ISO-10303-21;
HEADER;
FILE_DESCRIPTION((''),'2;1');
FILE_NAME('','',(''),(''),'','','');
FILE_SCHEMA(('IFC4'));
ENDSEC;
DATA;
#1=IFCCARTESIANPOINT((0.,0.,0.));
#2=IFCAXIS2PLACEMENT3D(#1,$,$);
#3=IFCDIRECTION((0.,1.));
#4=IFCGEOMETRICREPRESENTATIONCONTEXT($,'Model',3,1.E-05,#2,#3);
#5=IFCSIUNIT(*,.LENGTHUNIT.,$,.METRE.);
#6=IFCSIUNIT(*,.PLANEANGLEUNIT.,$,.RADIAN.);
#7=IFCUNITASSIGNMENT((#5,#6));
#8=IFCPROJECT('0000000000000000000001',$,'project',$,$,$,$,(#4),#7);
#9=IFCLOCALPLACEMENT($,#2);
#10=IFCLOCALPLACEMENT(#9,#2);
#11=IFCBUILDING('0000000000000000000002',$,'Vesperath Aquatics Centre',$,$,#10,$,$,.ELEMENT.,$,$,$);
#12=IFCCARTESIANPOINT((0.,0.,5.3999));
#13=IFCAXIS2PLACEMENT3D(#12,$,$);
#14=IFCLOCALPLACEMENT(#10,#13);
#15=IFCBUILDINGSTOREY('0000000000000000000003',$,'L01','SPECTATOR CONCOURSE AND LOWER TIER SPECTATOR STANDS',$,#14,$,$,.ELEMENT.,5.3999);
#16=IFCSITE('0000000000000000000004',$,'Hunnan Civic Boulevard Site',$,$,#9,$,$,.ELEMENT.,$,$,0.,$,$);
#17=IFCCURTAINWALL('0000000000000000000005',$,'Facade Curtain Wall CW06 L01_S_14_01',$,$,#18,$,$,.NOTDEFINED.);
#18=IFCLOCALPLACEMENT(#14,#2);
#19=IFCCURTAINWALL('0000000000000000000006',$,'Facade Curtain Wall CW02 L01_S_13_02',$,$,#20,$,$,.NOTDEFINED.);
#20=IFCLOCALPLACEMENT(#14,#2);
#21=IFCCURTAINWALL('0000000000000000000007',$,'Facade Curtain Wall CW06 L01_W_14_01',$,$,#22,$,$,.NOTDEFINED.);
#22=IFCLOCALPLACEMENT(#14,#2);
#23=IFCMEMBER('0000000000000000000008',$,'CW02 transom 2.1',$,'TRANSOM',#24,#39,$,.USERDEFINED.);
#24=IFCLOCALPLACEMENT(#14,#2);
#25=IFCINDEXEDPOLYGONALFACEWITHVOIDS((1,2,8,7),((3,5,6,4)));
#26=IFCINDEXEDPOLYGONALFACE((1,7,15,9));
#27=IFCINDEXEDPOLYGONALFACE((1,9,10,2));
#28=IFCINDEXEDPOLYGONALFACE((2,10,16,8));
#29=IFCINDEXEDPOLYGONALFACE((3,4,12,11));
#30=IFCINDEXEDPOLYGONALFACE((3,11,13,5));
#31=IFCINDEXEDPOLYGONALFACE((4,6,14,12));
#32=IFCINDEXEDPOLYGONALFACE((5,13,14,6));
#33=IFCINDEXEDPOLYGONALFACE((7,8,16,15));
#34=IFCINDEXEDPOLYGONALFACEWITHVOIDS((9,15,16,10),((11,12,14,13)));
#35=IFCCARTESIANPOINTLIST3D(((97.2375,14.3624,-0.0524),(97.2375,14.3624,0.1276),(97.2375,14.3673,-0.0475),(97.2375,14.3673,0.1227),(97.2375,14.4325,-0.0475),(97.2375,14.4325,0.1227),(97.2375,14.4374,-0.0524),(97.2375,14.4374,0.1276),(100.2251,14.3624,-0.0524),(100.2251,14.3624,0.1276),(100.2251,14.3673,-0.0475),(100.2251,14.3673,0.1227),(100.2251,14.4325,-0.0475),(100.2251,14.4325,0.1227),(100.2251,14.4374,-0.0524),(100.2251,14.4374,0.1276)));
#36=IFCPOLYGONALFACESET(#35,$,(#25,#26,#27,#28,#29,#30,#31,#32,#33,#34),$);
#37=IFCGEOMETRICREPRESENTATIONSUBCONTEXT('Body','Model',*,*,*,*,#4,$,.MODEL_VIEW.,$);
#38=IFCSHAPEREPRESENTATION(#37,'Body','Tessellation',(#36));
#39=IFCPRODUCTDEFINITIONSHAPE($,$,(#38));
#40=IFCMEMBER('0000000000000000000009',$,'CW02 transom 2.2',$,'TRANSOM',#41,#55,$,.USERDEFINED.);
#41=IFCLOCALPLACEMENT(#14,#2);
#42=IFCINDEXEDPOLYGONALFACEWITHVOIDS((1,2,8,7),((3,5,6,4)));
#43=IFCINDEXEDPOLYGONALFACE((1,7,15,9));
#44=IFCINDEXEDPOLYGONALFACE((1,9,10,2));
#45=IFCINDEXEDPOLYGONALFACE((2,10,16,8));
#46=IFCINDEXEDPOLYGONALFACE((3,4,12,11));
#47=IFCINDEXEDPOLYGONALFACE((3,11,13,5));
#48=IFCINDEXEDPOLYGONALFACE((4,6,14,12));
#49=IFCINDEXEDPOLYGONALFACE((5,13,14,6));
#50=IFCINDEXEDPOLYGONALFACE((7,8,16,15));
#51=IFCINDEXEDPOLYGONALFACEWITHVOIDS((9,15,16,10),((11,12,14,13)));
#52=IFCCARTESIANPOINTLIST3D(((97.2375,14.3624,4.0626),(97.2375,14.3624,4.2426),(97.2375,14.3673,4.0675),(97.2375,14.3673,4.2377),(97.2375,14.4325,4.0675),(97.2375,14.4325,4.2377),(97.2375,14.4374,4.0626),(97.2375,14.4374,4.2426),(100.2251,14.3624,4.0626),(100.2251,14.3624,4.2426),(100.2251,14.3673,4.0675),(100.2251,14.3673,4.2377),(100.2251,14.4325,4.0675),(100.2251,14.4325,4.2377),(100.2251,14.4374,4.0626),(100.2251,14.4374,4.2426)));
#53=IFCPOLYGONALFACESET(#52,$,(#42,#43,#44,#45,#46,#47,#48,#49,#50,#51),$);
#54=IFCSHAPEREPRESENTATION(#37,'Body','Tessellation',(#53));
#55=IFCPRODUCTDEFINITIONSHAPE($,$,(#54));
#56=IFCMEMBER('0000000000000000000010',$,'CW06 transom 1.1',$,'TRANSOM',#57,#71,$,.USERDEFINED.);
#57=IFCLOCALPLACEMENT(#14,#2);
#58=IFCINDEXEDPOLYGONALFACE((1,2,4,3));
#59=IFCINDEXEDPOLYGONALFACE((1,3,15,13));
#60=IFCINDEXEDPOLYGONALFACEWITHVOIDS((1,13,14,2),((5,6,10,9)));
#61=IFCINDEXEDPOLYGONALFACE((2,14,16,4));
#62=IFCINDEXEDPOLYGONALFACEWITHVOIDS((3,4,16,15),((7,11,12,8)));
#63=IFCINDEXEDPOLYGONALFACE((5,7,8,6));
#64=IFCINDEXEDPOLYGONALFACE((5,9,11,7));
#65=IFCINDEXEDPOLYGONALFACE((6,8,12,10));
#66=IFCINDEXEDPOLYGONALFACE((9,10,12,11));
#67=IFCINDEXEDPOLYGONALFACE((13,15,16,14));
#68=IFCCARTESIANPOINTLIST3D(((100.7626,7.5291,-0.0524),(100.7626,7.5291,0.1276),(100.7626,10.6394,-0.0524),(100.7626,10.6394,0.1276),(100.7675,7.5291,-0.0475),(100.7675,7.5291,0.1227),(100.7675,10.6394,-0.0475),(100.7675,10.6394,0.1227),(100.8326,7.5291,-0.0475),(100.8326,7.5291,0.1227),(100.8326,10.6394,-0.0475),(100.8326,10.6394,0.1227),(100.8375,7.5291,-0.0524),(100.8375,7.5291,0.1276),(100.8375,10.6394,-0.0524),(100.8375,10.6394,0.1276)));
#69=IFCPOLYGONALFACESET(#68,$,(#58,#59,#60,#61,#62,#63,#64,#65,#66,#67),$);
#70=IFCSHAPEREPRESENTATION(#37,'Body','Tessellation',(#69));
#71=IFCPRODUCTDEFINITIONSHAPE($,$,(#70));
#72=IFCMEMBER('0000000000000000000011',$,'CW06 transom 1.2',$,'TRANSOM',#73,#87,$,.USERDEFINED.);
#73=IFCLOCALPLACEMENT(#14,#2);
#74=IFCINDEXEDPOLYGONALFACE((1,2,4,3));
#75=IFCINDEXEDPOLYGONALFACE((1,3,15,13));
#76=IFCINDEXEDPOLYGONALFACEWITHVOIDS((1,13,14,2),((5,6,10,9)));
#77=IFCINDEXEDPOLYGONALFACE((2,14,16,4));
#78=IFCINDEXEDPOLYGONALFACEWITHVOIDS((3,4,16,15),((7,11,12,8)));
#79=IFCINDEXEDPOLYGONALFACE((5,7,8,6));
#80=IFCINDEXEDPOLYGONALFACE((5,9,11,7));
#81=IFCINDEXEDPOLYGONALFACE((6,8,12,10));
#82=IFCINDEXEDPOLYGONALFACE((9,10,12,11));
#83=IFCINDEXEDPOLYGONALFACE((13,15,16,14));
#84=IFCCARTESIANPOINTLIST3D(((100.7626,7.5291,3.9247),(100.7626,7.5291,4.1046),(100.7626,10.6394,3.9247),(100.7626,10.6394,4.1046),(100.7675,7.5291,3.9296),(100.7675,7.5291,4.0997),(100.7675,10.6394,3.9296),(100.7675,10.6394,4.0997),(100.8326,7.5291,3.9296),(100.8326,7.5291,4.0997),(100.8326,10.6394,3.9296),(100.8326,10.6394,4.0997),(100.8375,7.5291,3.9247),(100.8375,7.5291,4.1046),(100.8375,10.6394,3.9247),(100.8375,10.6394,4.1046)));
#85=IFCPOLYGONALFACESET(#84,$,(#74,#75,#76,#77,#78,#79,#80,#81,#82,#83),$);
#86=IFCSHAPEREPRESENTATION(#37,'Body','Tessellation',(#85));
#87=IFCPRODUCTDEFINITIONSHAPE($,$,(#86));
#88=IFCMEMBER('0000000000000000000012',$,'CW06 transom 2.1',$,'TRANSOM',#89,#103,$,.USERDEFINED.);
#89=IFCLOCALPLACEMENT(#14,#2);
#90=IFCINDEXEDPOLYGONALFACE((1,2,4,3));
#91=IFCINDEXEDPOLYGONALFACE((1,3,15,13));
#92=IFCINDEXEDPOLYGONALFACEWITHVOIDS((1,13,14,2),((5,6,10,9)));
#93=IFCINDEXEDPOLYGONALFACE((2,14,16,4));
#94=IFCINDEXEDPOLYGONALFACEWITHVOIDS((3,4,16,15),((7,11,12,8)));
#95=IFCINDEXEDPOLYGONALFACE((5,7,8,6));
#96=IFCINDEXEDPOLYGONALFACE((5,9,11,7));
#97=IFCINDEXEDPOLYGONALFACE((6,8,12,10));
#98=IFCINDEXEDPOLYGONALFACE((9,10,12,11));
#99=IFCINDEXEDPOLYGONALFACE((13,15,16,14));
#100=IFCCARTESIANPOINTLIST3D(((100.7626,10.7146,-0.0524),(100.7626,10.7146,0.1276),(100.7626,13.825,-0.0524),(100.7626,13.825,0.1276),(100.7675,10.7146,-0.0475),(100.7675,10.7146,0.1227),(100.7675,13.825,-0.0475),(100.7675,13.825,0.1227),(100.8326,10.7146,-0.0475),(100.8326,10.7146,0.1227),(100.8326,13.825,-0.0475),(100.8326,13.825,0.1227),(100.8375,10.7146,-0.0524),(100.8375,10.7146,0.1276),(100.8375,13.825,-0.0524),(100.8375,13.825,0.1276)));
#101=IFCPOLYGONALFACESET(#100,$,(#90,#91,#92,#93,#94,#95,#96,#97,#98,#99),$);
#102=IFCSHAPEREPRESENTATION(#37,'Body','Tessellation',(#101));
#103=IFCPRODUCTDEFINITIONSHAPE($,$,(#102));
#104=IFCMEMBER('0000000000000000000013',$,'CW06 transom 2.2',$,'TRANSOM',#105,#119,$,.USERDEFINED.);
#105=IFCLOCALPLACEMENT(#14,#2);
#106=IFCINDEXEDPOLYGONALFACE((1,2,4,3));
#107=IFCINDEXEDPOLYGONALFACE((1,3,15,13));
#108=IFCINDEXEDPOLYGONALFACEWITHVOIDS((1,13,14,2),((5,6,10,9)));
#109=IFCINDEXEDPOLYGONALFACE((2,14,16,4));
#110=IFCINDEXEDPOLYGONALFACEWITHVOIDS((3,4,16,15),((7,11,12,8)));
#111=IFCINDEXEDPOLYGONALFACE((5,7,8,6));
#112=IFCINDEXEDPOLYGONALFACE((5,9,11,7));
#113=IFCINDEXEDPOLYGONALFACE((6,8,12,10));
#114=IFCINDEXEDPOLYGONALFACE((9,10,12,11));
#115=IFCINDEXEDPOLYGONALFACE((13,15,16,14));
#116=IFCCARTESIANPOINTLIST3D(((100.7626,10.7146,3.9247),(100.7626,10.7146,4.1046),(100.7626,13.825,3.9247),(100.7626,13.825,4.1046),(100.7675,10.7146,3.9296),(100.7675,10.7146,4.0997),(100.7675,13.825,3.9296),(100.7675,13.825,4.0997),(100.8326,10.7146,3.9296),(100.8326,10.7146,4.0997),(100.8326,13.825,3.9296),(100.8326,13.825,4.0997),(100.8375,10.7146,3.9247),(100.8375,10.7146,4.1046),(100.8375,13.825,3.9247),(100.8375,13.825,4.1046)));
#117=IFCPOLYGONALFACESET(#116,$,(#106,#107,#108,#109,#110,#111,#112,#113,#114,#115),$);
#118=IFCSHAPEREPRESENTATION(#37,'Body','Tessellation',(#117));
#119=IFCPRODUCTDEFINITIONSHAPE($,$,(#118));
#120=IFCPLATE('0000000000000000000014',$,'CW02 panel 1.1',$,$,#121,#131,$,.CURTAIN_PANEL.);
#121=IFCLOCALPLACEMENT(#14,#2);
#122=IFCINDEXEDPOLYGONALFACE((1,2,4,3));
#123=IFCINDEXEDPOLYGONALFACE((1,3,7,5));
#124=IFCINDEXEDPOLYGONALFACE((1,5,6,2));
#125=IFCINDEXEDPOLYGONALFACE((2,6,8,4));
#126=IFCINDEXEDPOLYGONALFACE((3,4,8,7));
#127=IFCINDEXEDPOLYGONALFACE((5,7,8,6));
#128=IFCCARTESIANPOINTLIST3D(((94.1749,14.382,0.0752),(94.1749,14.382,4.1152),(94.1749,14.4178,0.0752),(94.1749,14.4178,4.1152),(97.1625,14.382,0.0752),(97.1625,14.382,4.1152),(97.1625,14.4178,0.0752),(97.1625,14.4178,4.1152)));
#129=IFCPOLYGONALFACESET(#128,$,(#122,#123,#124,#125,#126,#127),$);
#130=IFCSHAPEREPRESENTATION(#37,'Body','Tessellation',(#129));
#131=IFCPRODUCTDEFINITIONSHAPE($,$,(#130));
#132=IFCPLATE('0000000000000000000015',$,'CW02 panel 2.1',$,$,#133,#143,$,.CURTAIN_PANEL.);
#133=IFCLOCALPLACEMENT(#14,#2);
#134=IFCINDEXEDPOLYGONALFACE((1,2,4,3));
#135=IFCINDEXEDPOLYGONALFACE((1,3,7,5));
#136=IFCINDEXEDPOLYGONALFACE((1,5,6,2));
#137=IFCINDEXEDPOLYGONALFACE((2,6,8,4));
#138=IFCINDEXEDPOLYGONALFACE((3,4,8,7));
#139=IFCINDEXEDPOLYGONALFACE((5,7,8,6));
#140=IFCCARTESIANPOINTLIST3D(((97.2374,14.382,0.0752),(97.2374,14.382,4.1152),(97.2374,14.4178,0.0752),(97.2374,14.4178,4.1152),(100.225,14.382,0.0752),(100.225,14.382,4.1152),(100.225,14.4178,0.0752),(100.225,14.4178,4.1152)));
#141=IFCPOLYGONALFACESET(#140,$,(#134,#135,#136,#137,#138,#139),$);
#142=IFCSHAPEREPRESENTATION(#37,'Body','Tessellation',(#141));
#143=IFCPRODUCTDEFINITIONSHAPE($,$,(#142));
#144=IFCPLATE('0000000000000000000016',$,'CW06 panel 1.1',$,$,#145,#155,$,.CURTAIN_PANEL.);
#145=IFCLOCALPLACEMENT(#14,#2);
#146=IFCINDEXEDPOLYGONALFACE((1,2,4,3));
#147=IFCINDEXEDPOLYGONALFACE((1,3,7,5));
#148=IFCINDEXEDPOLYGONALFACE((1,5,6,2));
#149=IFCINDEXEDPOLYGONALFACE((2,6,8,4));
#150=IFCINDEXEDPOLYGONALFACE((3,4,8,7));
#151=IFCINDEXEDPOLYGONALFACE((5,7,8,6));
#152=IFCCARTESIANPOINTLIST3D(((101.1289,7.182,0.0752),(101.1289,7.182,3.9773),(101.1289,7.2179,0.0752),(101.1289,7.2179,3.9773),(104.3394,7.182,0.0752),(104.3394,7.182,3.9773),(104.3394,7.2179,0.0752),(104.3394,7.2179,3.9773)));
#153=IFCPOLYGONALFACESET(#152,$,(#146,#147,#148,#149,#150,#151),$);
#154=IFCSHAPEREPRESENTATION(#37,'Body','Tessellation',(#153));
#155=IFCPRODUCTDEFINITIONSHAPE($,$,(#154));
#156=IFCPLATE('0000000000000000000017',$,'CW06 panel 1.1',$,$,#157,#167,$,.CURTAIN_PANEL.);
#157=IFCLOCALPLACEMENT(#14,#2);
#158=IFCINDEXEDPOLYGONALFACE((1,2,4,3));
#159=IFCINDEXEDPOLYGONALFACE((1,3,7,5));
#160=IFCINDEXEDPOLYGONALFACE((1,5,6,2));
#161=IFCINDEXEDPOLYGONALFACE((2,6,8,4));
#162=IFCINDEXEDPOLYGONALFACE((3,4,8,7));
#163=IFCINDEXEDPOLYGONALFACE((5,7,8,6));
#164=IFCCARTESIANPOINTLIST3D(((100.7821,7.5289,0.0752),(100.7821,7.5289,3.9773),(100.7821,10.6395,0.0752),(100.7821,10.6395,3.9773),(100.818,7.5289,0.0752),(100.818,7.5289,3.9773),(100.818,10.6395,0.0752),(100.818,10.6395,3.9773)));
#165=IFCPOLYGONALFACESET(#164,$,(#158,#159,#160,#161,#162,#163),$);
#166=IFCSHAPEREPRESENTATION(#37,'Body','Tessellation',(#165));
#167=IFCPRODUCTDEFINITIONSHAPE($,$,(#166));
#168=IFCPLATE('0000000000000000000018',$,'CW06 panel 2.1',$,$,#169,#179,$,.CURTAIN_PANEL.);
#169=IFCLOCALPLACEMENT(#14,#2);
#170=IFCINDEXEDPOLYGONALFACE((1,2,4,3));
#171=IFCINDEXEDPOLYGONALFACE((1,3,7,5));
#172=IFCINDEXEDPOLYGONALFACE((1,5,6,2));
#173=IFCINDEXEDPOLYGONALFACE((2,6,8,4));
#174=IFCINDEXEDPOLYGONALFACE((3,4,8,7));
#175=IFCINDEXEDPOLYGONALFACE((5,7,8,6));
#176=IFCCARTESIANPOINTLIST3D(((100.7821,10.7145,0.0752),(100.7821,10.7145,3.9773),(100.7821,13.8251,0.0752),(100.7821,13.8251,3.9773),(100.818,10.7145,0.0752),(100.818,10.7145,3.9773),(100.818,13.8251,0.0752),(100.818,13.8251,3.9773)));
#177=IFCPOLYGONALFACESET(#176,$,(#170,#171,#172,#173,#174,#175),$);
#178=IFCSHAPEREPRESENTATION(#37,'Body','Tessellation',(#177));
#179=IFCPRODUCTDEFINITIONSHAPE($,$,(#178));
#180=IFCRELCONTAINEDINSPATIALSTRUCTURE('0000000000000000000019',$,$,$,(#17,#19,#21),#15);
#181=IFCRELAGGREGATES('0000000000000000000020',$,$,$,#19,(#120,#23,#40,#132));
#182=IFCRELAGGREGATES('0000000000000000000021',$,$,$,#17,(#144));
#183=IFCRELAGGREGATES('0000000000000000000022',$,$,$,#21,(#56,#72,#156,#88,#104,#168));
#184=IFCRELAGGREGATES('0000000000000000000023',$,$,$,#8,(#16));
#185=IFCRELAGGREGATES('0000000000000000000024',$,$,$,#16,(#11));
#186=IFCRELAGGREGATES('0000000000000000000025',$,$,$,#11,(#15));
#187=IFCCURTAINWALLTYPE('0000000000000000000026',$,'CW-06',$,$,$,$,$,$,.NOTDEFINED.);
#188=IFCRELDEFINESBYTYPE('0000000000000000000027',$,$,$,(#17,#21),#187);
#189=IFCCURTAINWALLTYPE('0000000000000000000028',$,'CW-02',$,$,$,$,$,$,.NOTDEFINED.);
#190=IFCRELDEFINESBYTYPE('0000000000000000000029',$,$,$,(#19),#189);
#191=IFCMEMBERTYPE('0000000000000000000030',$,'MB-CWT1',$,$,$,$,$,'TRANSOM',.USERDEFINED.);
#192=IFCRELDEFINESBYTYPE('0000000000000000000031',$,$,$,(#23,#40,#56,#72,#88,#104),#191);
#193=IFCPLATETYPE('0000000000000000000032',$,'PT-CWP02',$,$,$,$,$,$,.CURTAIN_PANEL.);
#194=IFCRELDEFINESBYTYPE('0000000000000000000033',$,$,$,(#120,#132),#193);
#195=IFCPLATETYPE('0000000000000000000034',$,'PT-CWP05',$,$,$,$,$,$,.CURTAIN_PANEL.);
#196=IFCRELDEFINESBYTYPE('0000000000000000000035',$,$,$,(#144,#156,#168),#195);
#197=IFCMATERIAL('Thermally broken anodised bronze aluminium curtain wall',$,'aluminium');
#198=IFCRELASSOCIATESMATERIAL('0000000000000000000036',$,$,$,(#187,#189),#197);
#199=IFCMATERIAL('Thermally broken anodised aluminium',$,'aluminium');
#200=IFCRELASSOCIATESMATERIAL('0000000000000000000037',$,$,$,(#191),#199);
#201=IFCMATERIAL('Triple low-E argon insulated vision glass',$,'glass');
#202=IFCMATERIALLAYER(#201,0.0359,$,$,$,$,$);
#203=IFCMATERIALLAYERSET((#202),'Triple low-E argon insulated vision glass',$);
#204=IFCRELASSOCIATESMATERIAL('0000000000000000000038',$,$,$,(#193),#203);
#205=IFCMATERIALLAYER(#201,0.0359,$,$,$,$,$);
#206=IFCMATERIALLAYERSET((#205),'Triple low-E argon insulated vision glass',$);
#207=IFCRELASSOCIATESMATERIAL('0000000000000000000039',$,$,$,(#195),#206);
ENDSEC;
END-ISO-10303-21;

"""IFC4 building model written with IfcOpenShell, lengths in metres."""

from ifc_helpers import new_model, si_unit, direction, frame, origin, origin_2d, place, context, subcontext, project, spatial, rectangle, hollow_rectangle, extrude, material, layer, layer_set, material_profile, profile_set, type_object, element, aggregate, save


model = new_model("IFC4")

# Units and contexts
model_context = context("Model", 3, precision=1e-05, world=origin(), true_north=direction((0.0, 1.0)))
body_context = subcontext(model_context, "Body", "Model", "MODEL_VIEW")
ifc_project = project(units=[si_unit("LENGTHUNIT", "METRE"), si_unit("PLANEANGLEUNIT", "RADIAN")], contexts=[model_context])

# Site, building, storey
site_placement = place(None, origin())
site = spatial("IfcSite", under=ifc_project, at=site_placement, Name="Hunnan Civic Boulevard Site", CompositionType="ELEMENT", RefElevation=0.0)
building_placement = place(site_placement, origin())
building = spatial("IfcBuilding", under=site, at=building_placement, Name="Vesperath Aquatics Centre", CompositionType="ELEMENT")
storey_placement = place(building_placement, frame((0.0, 0.0, 5.3999)))
storey = spatial("IfcBuildingStorey", under=building, at=storey_placement, Name="L01", Description="SPECTATOR CONCOURSE AND LOWER TIER SPECTATOR STANDS", CompositionType="ELEMENT", Elevation=5.3999)

# Curtain wall
ifc_material_1 = material(Name="Thermally broken anodised bronze aluminium curtain wall", Category="aluminium")
curtain_wall_type_1 = type_object("IfcCurtainWallType", Name="CW-06", PredefinedType="NOTDEFINED", material=ifc_material_1)
curtain_wall_1_placement = place(storey_placement, origin())
curtain_wall_1 = element("IfcCurtainWall", 1, at=curtain_wall_1_placement, inside=storey, type_object=curtain_wall_type_1, Name="Facade Curtain Wall CW06 L01_S_14_01", PredefinedType="NOTDEFINED")
ifc_material_2 = material(Name="Thermally broken anodised aluminium", Category="aluminium")

# Curtain walls
curtain_wall_type_2 = type_object("IfcCurtainWallType", Name="CW-02", PredefinedType="NOTDEFINED", material=ifc_material_1)
curtain_wall_2_placement = place(storey_placement, origin())
curtain_wall_2 = element("IfcCurtainWall", 2, at=curtain_wall_2_placement, inside=storey, type_object=curtain_wall_type_2, Name="Facade Curtain Wall CW02 L01_S_13_02", PredefinedType="NOTDEFINED")
curtain_wall_3_placement = place(storey_placement, origin())
curtain_wall_3 = element("IfcCurtainWall", 3, at=curtain_wall_3_placement, inside=storey, type_object=curtain_wall_type_1, Name="Facade Curtain Wall CW06 L01_W_14_01", PredefinedType="NOTDEFINED")

# Members
ifc_material_profile_1 = material_profile(ifc_material_2, hollow_rectangle(XDim=0.075, YDim=0.1799, WallThickness=0.0049, at=origin_2d()), Name="CWT 75x180x5")
ifc_profile_set_1 = profile_set([ifc_material_profile_1], Name="Thermally broken anodised aluminium")
member_type_1 = type_object("IfcMemberType", Name="MB-CWT1", ElementType="TRANSOM", PredefinedType="USERDEFINED", material=ifc_profile_set_1)
member_1_placement = place(storey_placement, frame((97.2375, 14.3999, 0.0376), z_axis=(1.0, 0.0, 0.0), x_axis=(0.0, 1.0, 0.0)))
member_1 = element("IfcMember", 4, at=member_1_placement, type_object=member_type_1, Name="CW02 transom 2.1", ObjectType="TRANSOM", PredefinedType="USERDEFINED", context=body_context, shape_type="SweptSolid", body=[
    extrude(hollow_rectangle(XDim=0.075, YDim=0.1799, WallThickness=0.0049, at=origin_2d()), origin(), (0.0, 0.0, 1.0), 2.9875),
])
member_2_placement = place(storey_placement, frame((97.2375, 14.3999, 4.1526), z_axis=(1.0, 0.0, 0.0), x_axis=(0.0, 1.0, 0.0)))
member_2 = element("IfcMember", 5, at=member_2_placement, type_object=member_type_1, Name="CW02 transom 2.2", ObjectType="TRANSOM", PredefinedType="USERDEFINED", context=body_context, shape_type="SweptSolid", body=[
    extrude(hollow_rectangle(XDim=0.075, YDim=0.1799, WallThickness=0.0049, at=origin_2d()), origin(), (0.0, 0.0, 1.0), 2.9875),
])
member_3_placement = place(storey_placement, frame((100.8, 7.5291, 0.0376), z_axis=(0.0, 1.0, 0.0), x_axis=(-1.0, 0.0, 0.0)))
member_3 = element("IfcMember", 6, at=member_3_placement, type_object=member_type_1, Name="CW06 transom 1.1", ObjectType="TRANSOM", PredefinedType="USERDEFINED", context=body_context, shape_type="SweptSolid", body=[
    extrude(hollow_rectangle(XDim=0.075, YDim=0.1799, WallThickness=0.0049, at=origin_2d()), origin(), (0.0, 0.0, 1.0), 3.1104),
])
member_4_placement = place(storey_placement, frame((100.8, 7.5291, 4.0146), z_axis=(0.0, 1.0, 0.0), x_axis=(-1.0, 0.0, 0.0)))
member_4 = element("IfcMember", 7, at=member_4_placement, type_object=member_type_1, Name="CW06 transom 1.2", ObjectType="TRANSOM", PredefinedType="USERDEFINED", context=body_context, shape_type="SweptSolid", body=[
    extrude(hollow_rectangle(XDim=0.075, YDim=0.1799, WallThickness=0.0049, at=origin_2d()), origin(), (0.0, 0.0, 1.0), 3.1104),
])
member_5_placement = place(storey_placement, frame((100.8, 10.7146, 0.0376), z_axis=(0.0, 1.0, 0.0), x_axis=(-1.0, 0.0, 0.0)))
member_5 = element("IfcMember", 8, at=member_5_placement, type_object=member_type_1, Name="CW06 transom 2.1", ObjectType="TRANSOM", PredefinedType="USERDEFINED", context=body_context, shape_type="SweptSolid", body=[
    extrude(hollow_rectangle(XDim=0.075, YDim=0.1799, WallThickness=0.0049, at=origin_2d()), origin(), (0.0, 0.0, 1.0), 3.1104),
])
member_6_placement = place(storey_placement, frame((100.8, 10.7146, 4.0146), z_axis=(0.0, 1.0, 0.0), x_axis=(-1.0, 0.0, 0.0)))
member_6 = element("IfcMember", 9, at=member_6_placement, type_object=member_type_1, Name="CW06 transom 2.2", ObjectType="TRANSOM", PredefinedType="USERDEFINED", context=body_context, shape_type="SweptSolid", body=[
    extrude(hollow_rectangle(XDim=0.075, YDim=0.1799, WallThickness=0.0049, at=origin_2d()), origin(), (0.0, 0.0, 1.0), 3.1104),
])

# Plates
ifc_material_3 = material(Name="Triple low-E argon insulated vision glass", Category="glass")
ifc_layer_1 = layer(ifc_material_3, 0.0359)
ifc_layer_set_1 = layer_set([ifc_layer_1], Name="Triple low-E argon insulated vision glass")
plate_type_1 = type_object("IfcPlateType", Name="PT-CWP02", PredefinedType="CURTAIN_PANEL", material=ifc_layer_set_1)
plate_1_placement = place(storey_placement, frame((95.6687, 14.3999, 0.0752), z_axis=(0.0, 0.0, 1.0), x_axis=(1.0, 0.0, 0.0)))
plate_1 = element("IfcPlate", 10, at=plate_1_placement, type_object=plate_type_1, Name="CW02 panel 1.1", PredefinedType="CURTAIN_PANEL", context=body_context, shape_type="SweptSolid", body=[
    extrude(rectangle(XDim=2.9875, YDim=0.0359, at=origin_2d()), origin(), (0.0, 0.0, 1.0), 4.04),
])
plate_2_placement = place(storey_placement, frame((98.7312, 14.3999, 0.0752), z_axis=(0.0, 0.0, 1.0), x_axis=(1.0, 0.0, 0.0)))
plate_2 = element("IfcPlate", 11, at=plate_2_placement, type_object=plate_type_1, Name="CW02 panel 2.1", PredefinedType="CURTAIN_PANEL", context=body_context, shape_type="SweptSolid", body=[
    extrude(rectangle(XDim=2.9875, YDim=0.0359, at=origin_2d()), origin(), (0.0, 0.0, 1.0), 4.04),
])
aggregate(curtain_wall_2, [plate_1, member_1, member_2, plate_2])
ifc_layer_2 = layer(ifc_material_3, 0.0359)
ifc_layer_set_2 = layer_set([ifc_layer_2], Name="Triple low-E argon insulated vision glass")
plate_type_2 = type_object("IfcPlateType", Name="PT-CWP05", PredefinedType="CURTAIN_PANEL", material=ifc_layer_set_2)
plate_3_placement = place(storey_placement, frame((102.7341, 7.2, 0.0752), z_axis=(0.0, 0.0, 1.0), x_axis=(1.0, 0.0, 0.0)))
plate_3 = element("IfcPlate", 12, at=plate_3_placement, type_object=plate_type_2, Name="CW06 panel 1.1", PredefinedType="CURTAIN_PANEL", context=body_context, shape_type="SweptSolid", body=[
    extrude(rectangle(XDim=3.2104, YDim=0.0359, at=origin_2d()), origin(), (0.0, 0.0, 1.0), 3.9021),
])
aggregate(curtain_wall_1, [plate_3])
plate_4_placement = place(storey_placement, frame((100.8, 9.0842, 0.0752), z_axis=(0.0, 0.0, 1.0), x_axis=(0.0, 1.0, 0.0)))
plate_4 = element("IfcPlate", 13, at=plate_4_placement, type_object=plate_type_2, Name="CW06 panel 1.1", PredefinedType="CURTAIN_PANEL", context=body_context, shape_type="SweptSolid", body=[
    extrude(rectangle(XDim=3.1106, YDim=0.0359, at=origin_2d()), origin(), (0.0, 0.0, 1.0), 3.9021),
])
plate_5_placement = place(storey_placement, frame((100.8, 12.2698, 0.0752), z_axis=(0.0, 0.0, 1.0), x_axis=(0.0, 1.0, 0.0)))
plate_5 = element("IfcPlate", 14, at=plate_5_placement, type_object=plate_type_2, Name="CW06 panel 2.1", PredefinedType="CURTAIN_PANEL", context=body_context, shape_type="SweptSolid", body=[
    extrude(rectangle(XDim=3.1106, YDim=0.0359, at=origin_2d()), origin(), (0.0, 0.0, 1.0), 3.9021),
])
aggregate(curtain_wall_3, [member_3, member_4, plate_4, member_5, member_6, plate_5])

save(model, "model.ifc")
